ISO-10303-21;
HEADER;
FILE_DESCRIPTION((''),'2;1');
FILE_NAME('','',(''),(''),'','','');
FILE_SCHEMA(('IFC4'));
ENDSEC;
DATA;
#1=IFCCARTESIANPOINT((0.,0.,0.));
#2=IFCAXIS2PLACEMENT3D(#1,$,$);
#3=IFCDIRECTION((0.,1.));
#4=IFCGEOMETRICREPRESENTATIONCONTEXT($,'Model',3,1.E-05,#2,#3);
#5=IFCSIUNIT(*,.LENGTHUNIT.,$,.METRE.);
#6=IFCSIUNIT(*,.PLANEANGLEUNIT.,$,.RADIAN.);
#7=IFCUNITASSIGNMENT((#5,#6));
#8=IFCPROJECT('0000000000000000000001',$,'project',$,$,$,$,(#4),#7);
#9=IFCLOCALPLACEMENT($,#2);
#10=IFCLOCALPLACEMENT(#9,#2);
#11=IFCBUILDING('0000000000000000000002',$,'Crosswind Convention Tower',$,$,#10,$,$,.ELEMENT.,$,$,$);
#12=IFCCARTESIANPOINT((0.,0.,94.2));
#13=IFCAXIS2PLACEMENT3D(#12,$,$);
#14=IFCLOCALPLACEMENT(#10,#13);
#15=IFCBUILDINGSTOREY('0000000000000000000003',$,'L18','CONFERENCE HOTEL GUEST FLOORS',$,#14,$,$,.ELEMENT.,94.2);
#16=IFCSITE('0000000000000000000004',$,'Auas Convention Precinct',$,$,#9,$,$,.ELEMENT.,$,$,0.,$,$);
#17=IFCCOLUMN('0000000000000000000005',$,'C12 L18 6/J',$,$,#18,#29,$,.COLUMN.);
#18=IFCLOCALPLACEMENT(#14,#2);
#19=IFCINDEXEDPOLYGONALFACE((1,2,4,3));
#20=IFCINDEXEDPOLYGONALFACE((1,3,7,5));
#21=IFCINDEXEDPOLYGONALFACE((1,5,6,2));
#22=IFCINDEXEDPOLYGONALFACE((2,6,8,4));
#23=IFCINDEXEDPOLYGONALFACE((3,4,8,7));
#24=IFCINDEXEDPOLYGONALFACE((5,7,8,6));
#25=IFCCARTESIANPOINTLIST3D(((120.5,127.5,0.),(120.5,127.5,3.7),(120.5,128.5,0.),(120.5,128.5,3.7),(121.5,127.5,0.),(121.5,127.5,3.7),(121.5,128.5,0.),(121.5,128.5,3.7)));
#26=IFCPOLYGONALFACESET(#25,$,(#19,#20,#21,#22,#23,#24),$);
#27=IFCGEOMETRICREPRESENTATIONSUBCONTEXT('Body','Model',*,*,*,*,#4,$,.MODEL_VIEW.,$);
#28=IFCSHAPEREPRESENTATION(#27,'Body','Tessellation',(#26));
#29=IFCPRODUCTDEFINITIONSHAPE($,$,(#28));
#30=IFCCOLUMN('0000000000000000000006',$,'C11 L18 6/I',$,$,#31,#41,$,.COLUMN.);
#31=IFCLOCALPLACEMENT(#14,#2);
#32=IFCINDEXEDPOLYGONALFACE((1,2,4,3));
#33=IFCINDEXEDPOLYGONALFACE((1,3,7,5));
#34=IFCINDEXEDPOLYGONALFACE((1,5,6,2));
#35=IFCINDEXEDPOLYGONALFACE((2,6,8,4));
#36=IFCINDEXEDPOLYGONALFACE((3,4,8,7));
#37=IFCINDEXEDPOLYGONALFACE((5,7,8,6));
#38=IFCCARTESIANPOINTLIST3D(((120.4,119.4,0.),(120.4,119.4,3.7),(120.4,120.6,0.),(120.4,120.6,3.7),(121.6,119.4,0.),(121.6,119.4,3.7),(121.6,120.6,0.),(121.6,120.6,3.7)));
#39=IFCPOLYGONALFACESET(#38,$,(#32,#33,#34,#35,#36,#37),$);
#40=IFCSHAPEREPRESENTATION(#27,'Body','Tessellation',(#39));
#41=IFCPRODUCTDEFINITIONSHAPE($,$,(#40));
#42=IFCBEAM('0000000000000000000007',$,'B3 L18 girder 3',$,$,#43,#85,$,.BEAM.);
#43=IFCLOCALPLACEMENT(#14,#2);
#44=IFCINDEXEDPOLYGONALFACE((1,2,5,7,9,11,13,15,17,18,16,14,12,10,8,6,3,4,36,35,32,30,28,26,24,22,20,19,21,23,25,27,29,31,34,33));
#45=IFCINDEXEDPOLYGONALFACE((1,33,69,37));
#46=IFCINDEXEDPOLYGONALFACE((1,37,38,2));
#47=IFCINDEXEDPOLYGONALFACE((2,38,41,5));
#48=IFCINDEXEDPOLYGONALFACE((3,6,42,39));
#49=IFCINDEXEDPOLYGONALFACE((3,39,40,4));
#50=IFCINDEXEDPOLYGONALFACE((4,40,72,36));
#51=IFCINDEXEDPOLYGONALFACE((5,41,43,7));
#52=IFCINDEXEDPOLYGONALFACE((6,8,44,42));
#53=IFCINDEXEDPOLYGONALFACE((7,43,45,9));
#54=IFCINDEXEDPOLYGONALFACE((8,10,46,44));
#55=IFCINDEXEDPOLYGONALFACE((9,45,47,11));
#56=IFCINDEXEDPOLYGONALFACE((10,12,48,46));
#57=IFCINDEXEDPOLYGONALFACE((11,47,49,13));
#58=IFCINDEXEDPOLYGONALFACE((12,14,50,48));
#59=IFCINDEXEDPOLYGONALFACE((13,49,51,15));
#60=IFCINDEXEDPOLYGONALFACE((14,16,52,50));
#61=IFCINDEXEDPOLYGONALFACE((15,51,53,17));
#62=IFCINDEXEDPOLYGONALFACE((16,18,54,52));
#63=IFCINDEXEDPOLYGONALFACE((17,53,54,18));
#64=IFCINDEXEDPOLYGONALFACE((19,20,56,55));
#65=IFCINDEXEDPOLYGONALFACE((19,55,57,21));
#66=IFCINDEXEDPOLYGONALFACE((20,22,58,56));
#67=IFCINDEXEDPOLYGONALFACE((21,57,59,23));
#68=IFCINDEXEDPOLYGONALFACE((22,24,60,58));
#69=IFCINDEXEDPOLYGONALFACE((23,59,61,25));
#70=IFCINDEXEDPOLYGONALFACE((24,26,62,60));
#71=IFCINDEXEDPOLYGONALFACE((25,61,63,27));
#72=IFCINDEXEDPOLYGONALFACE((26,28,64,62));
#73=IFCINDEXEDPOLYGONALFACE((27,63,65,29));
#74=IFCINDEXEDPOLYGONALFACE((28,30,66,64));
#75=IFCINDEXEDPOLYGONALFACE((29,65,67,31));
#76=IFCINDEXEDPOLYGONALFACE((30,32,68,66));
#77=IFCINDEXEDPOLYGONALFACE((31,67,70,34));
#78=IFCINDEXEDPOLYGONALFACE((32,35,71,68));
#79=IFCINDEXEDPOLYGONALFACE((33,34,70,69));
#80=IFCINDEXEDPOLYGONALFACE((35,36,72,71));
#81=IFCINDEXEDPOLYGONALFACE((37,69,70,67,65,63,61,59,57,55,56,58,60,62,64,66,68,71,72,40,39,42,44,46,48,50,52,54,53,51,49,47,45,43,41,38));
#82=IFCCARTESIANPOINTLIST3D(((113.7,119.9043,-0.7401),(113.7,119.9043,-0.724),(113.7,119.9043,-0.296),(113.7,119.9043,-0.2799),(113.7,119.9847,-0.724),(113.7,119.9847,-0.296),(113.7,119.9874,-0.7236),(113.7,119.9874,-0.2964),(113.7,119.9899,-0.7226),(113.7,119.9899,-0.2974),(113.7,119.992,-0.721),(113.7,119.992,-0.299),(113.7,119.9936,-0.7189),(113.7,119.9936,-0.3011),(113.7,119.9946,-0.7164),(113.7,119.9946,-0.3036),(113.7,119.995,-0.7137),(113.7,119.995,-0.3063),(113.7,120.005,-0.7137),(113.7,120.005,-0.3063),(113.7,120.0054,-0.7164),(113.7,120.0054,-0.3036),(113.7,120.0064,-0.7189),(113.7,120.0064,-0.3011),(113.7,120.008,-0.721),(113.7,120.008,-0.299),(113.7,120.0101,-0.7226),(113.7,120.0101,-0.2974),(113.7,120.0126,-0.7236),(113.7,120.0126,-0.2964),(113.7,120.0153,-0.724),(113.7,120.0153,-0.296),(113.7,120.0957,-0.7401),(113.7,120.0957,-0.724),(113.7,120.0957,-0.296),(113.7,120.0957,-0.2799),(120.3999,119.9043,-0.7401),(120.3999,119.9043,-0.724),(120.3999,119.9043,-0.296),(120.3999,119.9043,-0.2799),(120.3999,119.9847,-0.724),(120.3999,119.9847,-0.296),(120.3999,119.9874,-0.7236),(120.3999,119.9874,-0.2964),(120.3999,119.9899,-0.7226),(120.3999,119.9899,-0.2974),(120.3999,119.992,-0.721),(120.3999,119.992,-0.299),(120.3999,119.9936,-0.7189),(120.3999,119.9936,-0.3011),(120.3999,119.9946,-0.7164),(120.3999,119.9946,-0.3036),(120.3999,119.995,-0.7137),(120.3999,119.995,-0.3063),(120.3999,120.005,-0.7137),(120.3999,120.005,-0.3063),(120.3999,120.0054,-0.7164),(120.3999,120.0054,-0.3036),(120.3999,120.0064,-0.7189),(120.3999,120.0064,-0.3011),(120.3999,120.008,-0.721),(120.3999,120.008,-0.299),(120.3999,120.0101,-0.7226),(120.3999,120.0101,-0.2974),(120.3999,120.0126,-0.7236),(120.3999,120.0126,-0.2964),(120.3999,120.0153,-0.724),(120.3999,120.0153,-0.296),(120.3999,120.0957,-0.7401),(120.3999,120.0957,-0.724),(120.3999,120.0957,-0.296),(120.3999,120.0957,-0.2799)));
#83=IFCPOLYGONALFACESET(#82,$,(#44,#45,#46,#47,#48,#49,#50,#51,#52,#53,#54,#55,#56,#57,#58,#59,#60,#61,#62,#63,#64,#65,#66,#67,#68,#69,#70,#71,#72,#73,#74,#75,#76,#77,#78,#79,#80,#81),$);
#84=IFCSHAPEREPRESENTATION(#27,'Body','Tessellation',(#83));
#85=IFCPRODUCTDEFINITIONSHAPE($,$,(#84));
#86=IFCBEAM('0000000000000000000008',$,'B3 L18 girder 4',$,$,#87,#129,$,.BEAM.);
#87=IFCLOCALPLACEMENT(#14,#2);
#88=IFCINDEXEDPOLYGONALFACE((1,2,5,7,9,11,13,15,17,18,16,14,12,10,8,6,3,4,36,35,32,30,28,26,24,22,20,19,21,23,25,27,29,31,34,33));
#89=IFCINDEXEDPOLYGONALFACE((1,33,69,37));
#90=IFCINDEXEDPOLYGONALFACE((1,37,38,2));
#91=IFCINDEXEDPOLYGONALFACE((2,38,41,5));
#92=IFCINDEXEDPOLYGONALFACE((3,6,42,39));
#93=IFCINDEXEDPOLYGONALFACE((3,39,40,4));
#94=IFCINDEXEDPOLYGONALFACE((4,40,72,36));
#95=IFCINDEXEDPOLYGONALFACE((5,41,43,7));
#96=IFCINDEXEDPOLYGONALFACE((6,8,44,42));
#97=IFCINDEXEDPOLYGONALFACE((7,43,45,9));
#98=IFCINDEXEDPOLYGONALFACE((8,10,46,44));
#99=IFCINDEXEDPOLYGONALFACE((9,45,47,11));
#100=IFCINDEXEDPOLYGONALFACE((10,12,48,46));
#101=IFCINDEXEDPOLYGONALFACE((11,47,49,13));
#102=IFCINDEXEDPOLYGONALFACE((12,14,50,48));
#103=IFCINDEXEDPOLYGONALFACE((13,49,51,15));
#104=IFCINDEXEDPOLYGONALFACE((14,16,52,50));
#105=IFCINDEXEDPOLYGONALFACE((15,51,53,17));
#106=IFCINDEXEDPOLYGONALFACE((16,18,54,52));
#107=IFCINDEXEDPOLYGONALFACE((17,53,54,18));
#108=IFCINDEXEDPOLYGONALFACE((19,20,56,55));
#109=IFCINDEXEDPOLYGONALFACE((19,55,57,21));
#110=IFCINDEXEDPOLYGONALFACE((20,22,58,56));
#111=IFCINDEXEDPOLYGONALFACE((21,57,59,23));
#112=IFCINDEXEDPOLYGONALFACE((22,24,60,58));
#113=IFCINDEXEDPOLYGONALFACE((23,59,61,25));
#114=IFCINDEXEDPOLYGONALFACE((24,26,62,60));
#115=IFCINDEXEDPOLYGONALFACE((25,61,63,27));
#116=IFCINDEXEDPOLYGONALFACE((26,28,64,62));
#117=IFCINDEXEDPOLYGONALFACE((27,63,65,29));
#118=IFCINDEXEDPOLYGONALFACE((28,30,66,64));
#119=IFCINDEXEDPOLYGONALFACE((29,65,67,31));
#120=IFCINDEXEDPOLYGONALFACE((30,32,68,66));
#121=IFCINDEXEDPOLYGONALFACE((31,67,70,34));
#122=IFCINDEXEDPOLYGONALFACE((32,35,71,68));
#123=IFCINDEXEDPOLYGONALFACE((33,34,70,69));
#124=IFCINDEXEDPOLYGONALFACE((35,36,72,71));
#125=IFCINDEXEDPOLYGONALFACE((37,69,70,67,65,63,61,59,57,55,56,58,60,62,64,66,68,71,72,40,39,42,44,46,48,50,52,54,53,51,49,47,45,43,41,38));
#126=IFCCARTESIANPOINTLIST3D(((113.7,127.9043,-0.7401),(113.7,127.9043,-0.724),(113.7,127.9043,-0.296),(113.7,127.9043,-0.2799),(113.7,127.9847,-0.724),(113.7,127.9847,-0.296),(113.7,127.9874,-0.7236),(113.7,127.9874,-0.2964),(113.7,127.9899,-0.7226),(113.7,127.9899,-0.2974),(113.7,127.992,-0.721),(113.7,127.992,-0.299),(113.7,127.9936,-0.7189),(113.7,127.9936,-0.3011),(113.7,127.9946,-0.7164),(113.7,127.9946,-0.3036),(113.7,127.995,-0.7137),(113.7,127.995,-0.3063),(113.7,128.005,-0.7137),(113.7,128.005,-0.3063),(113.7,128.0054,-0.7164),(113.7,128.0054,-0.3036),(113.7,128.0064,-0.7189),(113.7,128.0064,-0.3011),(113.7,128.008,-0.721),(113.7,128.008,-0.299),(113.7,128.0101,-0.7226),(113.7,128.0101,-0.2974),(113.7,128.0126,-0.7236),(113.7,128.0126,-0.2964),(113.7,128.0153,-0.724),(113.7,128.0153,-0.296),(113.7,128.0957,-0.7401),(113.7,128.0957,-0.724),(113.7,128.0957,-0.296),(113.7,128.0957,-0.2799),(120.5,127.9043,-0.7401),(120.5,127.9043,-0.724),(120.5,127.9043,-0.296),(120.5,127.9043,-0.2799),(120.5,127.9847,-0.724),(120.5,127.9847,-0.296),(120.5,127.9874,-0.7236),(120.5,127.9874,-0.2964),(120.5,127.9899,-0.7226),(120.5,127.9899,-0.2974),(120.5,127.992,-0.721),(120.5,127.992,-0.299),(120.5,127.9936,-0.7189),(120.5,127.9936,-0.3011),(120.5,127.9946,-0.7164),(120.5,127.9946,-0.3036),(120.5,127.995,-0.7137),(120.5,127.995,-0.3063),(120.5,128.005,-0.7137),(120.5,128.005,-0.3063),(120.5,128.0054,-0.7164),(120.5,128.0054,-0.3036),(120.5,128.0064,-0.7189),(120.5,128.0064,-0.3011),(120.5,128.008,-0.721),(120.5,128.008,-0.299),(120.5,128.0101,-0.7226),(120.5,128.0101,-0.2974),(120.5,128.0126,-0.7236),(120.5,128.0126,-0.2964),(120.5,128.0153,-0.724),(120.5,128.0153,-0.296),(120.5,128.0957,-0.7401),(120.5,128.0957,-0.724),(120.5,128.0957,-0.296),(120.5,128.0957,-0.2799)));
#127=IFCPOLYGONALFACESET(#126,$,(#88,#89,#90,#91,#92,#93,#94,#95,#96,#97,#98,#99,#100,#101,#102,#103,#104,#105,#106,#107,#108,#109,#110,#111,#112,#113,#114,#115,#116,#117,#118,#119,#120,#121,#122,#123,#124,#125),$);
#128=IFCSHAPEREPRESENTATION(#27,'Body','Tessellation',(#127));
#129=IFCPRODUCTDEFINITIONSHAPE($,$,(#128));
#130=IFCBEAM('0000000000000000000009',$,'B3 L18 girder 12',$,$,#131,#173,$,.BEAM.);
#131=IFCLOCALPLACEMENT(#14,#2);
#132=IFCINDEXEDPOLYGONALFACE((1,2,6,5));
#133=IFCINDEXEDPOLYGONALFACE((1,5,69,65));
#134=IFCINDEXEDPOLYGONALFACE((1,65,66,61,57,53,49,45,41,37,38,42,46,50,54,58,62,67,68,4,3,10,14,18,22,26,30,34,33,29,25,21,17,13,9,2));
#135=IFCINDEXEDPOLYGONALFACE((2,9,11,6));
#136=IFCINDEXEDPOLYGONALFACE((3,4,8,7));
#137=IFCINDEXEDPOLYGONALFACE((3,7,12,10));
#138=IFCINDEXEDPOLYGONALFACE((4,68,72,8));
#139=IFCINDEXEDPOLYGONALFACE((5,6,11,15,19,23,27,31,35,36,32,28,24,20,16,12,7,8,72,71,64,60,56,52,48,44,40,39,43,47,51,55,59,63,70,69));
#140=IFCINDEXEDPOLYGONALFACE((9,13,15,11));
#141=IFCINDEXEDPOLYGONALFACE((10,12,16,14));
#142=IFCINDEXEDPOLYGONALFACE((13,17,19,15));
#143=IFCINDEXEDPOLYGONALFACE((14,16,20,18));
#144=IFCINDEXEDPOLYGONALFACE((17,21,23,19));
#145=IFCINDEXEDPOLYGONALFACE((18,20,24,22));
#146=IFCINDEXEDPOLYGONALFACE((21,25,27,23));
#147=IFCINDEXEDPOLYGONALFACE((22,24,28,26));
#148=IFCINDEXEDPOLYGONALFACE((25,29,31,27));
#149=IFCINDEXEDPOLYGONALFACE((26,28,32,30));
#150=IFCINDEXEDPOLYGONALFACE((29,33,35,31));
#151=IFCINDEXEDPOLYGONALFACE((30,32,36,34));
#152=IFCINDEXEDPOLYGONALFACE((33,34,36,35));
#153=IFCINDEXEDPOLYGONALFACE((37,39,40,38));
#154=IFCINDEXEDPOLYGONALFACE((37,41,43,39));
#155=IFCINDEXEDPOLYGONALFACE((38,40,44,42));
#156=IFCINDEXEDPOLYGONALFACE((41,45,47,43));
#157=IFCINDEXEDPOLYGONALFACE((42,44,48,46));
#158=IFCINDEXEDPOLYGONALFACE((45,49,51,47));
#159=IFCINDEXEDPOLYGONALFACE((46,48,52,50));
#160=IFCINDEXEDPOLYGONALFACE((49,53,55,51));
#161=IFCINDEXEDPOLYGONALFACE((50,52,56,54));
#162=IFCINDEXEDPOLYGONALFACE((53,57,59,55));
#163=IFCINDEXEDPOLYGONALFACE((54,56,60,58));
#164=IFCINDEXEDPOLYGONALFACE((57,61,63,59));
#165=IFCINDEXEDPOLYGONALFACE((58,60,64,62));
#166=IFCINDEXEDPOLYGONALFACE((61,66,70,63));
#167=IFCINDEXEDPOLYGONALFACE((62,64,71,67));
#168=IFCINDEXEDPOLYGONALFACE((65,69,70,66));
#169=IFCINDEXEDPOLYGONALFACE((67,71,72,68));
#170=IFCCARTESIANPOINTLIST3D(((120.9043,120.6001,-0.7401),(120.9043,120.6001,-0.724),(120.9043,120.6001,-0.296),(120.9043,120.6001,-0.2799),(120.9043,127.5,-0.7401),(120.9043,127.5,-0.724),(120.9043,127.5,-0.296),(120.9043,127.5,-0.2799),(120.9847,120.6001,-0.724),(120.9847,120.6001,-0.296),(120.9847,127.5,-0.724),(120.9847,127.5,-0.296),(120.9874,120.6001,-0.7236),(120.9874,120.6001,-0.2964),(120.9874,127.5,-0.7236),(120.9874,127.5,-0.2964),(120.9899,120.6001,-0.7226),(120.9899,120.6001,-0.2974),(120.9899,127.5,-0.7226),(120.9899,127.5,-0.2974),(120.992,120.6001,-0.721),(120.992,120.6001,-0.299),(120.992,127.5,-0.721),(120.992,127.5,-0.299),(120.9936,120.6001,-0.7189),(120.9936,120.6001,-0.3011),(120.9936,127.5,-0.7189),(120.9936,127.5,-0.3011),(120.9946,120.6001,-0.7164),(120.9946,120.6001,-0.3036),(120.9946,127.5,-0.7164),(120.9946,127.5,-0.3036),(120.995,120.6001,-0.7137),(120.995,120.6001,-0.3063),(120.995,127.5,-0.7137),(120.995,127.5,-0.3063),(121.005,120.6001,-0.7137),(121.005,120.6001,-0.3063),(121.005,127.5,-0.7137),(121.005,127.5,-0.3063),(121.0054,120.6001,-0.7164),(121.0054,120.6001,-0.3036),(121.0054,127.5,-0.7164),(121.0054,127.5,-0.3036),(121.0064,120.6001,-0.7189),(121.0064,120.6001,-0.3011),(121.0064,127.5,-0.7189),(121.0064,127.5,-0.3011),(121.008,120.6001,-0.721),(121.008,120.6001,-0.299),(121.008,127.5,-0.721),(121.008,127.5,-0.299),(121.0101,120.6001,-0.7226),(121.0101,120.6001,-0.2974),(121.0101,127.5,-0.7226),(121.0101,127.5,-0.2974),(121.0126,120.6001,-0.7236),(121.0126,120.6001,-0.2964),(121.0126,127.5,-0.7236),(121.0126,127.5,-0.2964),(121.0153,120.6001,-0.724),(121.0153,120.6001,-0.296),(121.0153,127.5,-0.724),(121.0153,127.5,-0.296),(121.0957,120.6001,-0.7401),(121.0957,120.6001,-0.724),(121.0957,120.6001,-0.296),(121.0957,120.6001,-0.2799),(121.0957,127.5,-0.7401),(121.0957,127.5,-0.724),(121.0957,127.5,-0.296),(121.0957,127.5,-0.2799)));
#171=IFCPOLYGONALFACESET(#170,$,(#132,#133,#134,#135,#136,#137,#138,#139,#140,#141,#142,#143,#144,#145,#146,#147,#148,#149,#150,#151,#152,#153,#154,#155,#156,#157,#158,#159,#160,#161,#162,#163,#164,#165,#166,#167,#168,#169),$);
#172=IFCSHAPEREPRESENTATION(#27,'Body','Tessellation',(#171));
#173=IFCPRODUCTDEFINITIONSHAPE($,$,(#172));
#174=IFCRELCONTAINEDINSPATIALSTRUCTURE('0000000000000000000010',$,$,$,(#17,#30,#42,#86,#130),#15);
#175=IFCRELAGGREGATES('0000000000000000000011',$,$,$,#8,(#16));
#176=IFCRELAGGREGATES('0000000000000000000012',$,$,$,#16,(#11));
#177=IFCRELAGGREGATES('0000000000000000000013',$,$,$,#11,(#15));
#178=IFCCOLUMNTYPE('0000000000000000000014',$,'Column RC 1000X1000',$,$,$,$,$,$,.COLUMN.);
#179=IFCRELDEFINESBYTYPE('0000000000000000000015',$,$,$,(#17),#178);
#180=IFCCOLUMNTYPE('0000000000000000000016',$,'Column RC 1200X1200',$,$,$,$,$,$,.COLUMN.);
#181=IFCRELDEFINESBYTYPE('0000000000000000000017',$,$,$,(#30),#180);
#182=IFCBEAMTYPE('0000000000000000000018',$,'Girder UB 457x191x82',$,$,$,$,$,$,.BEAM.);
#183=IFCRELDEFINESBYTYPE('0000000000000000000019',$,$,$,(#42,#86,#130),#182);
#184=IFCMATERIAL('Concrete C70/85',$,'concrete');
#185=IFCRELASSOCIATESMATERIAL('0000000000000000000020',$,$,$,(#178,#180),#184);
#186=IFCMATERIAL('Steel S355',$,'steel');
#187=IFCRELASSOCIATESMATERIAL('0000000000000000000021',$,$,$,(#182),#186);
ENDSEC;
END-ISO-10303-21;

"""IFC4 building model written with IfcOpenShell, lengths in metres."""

from ifc_helpers import new_model, si_unit, direction, frame, origin, origin_2d, place, context, subcontext, project, spatial, rectangle, i_section, extrude, material, material_profile, profile_set, type_object, element, save


model = new_model("IFC4")

# Units and contexts
model_context = context("Model", 3, precision=1e-05, world=origin(), true_north=direction((0.0, 1.0)))
body_context = subcontext(model_context, "Body", "Model", "MODEL_VIEW")
ifc_project = project(units=[si_unit("LENGTHUNIT", "METRE"), si_unit("PLANEANGLEUNIT", "RADIAN")], contexts=[model_context])

# Site, building, storey
site_placement = place(None, origin())
site = spatial("IfcSite", under=ifc_project, at=site_placement, Name="Auas Convention Precinct", CompositionType="ELEMENT", RefElevation=0.0)
building_placement = place(site_placement, origin())
building = spatial("IfcBuilding", under=site, at=building_placement, Name="Crosswind Convention Tower", CompositionType="ELEMENT")
storey_placement = place(building_placement, frame((0.0, 0.0, 94.2)))
storey = spatial("IfcBuildingStorey", under=building, at=storey_placement, Name="L18", Description="CONFERENCE HOTEL GUEST FLOORS", CompositionType="ELEMENT", Elevation=94.2)

# Columns
ifc_material_1 = material(Name="Concrete C70/85", Category="concrete")
ifc_material_profile_1 = material_profile(ifc_material_1, rectangle(XDim=1.0, YDim=1.0, at=origin_2d()), Name="RC 1000X1000")
ifc_profile_set_1 = profile_set([ifc_material_profile_1], Name="Concrete C70/85")
column_type_1 = type_object("IfcColumnType", Name="Column RC 1000X1000", PredefinedType="COLUMN", material=ifc_profile_set_1)
column_1_placement = place(storey_placement, frame((121.0, 128.0, 0.0), z_axis=(0.0, 0.0, 1.0), x_axis=(1.0, 0.0, 0.0)))
element("IfcColumn", 1, at=column_1_placement, inside=storey, type_object=column_type_1, Name="C12 L18 6/J", PredefinedType="COLUMN", context=body_context, shape_type="SweptSolid", body=[
    extrude(rectangle(XDim=1.0, YDim=1.0, at=origin_2d()), origin(), (0.0, 0.0, 1.0), 3.7),
])
ifc_material_profile_2 = material_profile(ifc_material_1, rectangle(XDim=1.2, YDim=1.2, at=origin_2d()), Name="RC 1200X1200")
ifc_profile_set_2 = profile_set([ifc_material_profile_2], Name="Concrete C70/85")
column_type_2 = type_object("IfcColumnType", Name="Column RC 1200X1200", PredefinedType="COLUMN", material=ifc_profile_set_2)
column_2_placement = place(storey_placement, frame((121.0, 120.0, 0.0), z_axis=(0.0, 0.0, 1.0), x_axis=(1.0, 0.0, 0.0)))
element("IfcColumn", 2, at=column_2_placement, inside=storey, type_object=column_type_2, Name="C11 L18 6/I", PredefinedType="COLUMN", context=body_context, shape_type="SweptSolid", body=[
    extrude(rectangle(XDim=1.2, YDim=1.2, at=origin_2d()), origin(), (0.0, 0.0, 1.0), 3.7),
])

# Beams
ifc_material_2 = material(Name="Steel S355", Category="steel")
ifc_material_profile_3 = material_profile(ifc_material_2, i_section(OverallWidth=0.1914, OverallDepth=0.4602, WebThickness=0.01, FlangeThickness=0.0161, FilletRadius=0.0103, at=origin_2d()), Name="UB 457x191x82")
ifc_profile_set_3 = profile_set([ifc_material_profile_3], Name="Steel S355")
beam_type_1 = type_object("IfcBeamType", Name="Girder UB 457x191x82", PredefinedType="BEAM", material=ifc_profile_set_3)
beam_1_placement = place(storey_placement, frame((113.7, 120.0, -0.51), z_axis=(1.0, 0.0, 0.0), x_axis=(0.0, 1.0, 0.0)))
element("IfcBeam", 3, at=beam_1_placement, inside=storey, type_object=beam_type_1, Name="B3 L18 girder 3", PredefinedType="BEAM", context=body_context, shape_type="SweptSolid", body=[
    extrude(i_section(OverallWidth=0.1914, OverallDepth=0.4602, WebThickness=0.01, FlangeThickness=0.0161, FilletRadius=0.0103, at=origin_2d()), origin(), (0.0, 0.0, 1.0), 6.7),
])
beam_2_placement = place(storey_placement, frame((113.7, 128.0, -0.51), z_axis=(1.0, 0.0, 0.0), x_axis=(0.0, 1.0, 0.0)))
element("IfcBeam", 4, at=beam_2_placement, inside=storey, type_object=beam_type_1, Name="B3 L18 girder 4", PredefinedType="BEAM", context=body_context, shape_type="SweptSolid", body=[
    extrude(i_section(OverallWidth=0.1914, OverallDepth=0.4602, WebThickness=0.01, FlangeThickness=0.0161, FilletRadius=0.0103, at=origin_2d()), origin(), (0.0, 0.0, 1.0), 6.8),
])
beam_3_placement = place(storey_placement, frame((121.0, 120.6001, -0.51), z_axis=(0.0, 1.0, 0.0), x_axis=(-1.0, 0.0, 0.0)))
element("IfcBeam", 5, at=beam_3_placement, inside=storey, type_object=beam_type_1, Name="B3 L18 girder 12", PredefinedType="BEAM", context=body_context, shape_type="SweptSolid", body=[
    extrude(i_section(OverallWidth=0.1914, OverallDepth=0.4602, WebThickness=0.01, FlangeThickness=0.0161, FilletRadius=0.0103, at=origin_2d()), origin(), (0.0, 0.0, 1.0), 6.8999),
])

save(model, "model.ifc")
